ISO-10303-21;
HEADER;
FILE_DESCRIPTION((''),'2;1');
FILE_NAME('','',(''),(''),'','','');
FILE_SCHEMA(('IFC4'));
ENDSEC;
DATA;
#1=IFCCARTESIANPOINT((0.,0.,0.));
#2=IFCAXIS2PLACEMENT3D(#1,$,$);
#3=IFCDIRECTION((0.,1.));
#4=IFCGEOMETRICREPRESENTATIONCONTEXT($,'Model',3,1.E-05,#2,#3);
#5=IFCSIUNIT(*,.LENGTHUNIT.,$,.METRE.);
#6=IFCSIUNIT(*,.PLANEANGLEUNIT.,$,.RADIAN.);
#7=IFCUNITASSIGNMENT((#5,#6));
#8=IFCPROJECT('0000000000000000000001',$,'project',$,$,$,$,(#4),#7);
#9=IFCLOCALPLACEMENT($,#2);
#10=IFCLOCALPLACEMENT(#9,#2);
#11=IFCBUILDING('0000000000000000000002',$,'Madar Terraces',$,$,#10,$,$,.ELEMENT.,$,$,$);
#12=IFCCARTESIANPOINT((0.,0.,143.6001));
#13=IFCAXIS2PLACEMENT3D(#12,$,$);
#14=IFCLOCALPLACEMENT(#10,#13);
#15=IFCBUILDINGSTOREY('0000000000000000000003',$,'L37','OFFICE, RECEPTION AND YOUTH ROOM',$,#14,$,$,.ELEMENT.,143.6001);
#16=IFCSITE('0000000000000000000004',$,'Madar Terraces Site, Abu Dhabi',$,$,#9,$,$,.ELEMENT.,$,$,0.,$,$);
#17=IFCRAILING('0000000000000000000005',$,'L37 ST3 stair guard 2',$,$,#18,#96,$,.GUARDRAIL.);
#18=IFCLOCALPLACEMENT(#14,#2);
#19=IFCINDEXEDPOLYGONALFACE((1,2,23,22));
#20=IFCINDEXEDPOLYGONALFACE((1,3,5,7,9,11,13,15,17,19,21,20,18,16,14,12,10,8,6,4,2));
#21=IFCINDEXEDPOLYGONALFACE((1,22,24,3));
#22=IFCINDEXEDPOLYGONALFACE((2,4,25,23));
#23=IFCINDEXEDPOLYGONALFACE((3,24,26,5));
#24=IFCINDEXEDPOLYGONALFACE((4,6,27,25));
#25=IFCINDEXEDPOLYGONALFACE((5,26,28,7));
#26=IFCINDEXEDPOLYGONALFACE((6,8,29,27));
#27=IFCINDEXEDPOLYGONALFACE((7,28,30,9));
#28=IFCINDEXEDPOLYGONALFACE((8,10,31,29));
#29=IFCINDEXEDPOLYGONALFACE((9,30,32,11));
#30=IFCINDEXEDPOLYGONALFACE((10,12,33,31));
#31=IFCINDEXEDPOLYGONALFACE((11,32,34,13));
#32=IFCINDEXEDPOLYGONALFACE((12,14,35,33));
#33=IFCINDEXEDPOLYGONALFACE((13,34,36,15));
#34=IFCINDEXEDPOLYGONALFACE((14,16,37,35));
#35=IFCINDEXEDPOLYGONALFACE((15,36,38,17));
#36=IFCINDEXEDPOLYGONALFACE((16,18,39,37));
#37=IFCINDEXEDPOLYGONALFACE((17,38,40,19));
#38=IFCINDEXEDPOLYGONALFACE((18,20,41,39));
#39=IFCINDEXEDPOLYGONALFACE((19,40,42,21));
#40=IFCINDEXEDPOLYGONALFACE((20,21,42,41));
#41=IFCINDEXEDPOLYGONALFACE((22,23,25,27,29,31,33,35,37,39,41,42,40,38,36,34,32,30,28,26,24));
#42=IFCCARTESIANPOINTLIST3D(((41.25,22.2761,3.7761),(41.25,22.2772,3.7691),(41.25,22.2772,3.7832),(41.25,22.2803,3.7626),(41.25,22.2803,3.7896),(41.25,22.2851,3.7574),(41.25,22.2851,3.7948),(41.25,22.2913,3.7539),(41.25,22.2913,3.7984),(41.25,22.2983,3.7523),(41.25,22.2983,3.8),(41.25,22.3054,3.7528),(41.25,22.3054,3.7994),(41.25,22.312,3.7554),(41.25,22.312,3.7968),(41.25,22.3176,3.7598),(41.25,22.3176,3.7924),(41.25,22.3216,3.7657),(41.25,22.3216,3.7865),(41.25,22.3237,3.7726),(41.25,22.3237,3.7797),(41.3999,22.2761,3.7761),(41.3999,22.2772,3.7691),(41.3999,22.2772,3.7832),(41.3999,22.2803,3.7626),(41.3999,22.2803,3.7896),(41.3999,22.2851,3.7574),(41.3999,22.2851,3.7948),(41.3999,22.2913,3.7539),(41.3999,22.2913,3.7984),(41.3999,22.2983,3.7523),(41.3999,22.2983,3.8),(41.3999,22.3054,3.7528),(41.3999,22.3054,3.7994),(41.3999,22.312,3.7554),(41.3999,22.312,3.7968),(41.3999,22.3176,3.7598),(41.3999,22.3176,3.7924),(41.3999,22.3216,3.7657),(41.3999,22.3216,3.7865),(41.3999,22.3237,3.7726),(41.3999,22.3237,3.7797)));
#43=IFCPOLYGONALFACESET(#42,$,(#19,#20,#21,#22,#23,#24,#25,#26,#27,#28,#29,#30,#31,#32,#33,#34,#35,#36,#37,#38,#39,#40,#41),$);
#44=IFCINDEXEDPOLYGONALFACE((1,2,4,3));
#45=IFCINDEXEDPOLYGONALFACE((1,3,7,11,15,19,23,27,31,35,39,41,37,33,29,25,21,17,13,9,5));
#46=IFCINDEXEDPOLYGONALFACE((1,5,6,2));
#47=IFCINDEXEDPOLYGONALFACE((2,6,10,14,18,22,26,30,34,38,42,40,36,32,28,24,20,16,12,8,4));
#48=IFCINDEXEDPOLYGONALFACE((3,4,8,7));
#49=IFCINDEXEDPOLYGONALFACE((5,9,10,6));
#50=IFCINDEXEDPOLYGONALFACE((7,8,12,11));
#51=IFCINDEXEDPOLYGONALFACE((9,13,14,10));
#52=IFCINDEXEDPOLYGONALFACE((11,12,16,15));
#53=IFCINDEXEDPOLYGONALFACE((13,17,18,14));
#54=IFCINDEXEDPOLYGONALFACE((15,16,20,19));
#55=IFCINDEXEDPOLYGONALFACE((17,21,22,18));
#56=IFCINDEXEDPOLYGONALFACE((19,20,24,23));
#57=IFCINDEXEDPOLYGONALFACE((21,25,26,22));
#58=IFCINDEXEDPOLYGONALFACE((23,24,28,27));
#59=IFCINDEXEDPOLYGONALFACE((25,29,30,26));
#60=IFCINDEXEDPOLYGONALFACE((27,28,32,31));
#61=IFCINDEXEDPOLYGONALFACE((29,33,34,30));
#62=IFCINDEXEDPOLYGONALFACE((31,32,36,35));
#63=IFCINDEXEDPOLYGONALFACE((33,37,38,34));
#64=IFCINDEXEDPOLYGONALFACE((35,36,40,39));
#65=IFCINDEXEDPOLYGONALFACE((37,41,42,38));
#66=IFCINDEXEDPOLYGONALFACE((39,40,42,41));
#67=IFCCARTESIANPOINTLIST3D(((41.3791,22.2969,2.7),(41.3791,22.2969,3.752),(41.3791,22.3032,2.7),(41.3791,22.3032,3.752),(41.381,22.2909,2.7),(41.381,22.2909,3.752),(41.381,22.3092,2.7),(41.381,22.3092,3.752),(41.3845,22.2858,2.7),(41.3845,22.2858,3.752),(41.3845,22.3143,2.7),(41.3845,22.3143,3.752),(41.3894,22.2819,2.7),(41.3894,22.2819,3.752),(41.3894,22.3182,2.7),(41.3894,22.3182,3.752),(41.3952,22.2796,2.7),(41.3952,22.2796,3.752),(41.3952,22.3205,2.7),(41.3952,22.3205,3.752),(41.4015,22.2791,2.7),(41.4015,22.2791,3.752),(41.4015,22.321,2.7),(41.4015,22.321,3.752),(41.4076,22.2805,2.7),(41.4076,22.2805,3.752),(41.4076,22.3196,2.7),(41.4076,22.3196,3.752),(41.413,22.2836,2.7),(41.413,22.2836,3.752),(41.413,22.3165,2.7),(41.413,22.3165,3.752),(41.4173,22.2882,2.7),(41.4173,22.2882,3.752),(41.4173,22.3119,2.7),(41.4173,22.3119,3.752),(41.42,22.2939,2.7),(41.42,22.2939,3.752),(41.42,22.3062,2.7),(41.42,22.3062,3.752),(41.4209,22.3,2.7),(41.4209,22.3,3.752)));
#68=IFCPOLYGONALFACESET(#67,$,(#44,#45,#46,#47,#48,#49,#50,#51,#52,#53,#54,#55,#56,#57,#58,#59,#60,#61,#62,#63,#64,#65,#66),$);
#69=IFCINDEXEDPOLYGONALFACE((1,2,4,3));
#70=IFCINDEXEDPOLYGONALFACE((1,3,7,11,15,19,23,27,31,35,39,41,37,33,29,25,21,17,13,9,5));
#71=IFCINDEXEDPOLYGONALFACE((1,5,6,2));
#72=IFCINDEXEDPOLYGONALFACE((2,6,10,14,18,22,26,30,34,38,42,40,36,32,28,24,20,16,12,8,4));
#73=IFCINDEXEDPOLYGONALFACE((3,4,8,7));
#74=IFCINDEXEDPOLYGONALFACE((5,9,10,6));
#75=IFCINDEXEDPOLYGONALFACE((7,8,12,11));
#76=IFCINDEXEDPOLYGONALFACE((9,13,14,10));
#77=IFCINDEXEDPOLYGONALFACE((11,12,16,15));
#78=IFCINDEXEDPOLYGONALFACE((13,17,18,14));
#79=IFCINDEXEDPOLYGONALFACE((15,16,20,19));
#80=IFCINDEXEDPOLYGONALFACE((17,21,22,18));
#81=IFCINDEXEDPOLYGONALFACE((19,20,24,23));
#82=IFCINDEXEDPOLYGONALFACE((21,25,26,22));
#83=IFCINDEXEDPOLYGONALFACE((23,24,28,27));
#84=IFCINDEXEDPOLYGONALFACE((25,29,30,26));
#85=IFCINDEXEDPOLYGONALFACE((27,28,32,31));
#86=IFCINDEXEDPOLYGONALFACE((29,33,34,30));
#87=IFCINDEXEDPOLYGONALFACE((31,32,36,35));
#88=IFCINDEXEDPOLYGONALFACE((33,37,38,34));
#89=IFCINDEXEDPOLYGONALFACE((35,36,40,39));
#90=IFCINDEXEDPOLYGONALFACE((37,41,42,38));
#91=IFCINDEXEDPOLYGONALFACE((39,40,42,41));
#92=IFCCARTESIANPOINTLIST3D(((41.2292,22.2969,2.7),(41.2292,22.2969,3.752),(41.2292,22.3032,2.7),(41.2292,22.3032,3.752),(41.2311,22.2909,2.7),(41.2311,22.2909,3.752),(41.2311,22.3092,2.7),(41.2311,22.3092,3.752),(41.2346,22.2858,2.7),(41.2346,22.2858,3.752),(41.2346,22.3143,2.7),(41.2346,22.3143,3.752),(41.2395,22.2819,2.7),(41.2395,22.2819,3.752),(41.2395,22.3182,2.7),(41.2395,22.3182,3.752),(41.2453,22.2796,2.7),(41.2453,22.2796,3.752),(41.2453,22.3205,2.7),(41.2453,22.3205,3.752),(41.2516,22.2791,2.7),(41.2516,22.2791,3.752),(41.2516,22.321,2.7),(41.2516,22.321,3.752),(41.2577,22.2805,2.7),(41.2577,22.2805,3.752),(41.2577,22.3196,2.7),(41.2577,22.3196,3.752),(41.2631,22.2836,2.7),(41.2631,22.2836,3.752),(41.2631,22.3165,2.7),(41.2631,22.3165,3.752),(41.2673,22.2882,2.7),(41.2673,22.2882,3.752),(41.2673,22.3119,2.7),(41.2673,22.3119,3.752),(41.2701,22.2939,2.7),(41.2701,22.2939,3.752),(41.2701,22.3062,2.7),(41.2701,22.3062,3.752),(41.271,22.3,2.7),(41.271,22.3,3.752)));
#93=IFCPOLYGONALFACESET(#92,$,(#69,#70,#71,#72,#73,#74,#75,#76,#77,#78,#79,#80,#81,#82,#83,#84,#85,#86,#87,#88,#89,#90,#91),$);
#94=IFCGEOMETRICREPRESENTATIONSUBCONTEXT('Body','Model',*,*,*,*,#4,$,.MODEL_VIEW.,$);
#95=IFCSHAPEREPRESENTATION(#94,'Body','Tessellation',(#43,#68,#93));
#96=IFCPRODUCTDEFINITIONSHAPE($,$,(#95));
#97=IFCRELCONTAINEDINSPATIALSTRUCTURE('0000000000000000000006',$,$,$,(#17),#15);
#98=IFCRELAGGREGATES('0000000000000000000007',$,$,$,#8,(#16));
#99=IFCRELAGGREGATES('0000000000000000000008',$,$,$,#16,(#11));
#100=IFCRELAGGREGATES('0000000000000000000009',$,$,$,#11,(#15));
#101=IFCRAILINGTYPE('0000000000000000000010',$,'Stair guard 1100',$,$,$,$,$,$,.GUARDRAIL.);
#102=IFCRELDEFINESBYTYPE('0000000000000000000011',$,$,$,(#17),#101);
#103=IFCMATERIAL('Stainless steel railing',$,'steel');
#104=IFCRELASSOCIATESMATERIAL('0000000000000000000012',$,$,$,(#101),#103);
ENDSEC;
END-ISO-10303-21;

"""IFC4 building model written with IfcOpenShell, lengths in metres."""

from ifc_helpers import new_model, si_unit, direction, frame, origin, origin_2d, place, context, subcontext, project, spatial, circle, extrude, material, type_object, element, save


model = new_model("IFC4")

# Units and contexts
model_context = context("Model", 3, precision=1e-05, world=origin(), true_north=direction((0.0, 1.0)))
body_context = subcontext(model_context, "Body", "Model", "MODEL_VIEW")
ifc_project = project(units=[si_unit("LENGTHUNIT", "METRE"), si_unit("PLANEANGLEUNIT", "RADIAN")], contexts=[model_context])

# Site, building, storey
site_placement = place(None, origin())
site = spatial("IfcSite", under=ifc_project, at=site_placement, Name="Madar Terraces Site, Abu Dhabi", CompositionType="ELEMENT", RefElevation=0.0)
building_placement = place(site_placement, origin())
building = spatial("IfcBuilding", under=site, at=building_placement, Name="Madar Terraces", CompositionType="ELEMENT")
storey_placement = place(building_placement, frame((0.0, 0.0, 143.6001)))
storey = spatial("IfcBuildingStorey", under=building, at=storey_placement, Name="L37", Description="OFFICE, RECEPTION AND YOUTH ROOM", CompositionType="ELEMENT", Elevation=143.6001)

# Railing
ifc_material_1 = material(Name="Stainless steel railing", Category="steel")
railing_type_1 = type_object("IfcRailingType", Name="Stair guard 1100", PredefinedType="GUARDRAIL", material=ifc_material_1)
railing_1_placement = place(storey_placement, frame((41.3999, 22.3, 2.7)))
element("IfcRailing", 1, at=railing_1_placement, inside=storey, type_object=railing_type_1, Name="L37 ST3 stair guard 2", PredefinedType="GUARDRAIL", context=body_context, shape_type="SweptSolid", body=[
    extrude(circle(Radius=0.0239, at=origin_2d()), frame((0.0, 0.0, 1.0762), z_axis=(-1.0, 0.0, 0.0), x_axis=(0.0, -1.0, 0.0)), (0.0, 0.0, 1.0), 0.1499),
    extrude(circle(Radius=0.021, at=origin_2d()), origin(), (0.0, 0.0, 1.0), 1.052),
    extrude(circle(Radius=0.021, at=origin_2d()), frame((-0.1499, 0.0, 0.0)), (0.0, 0.0, 1.0), 1.052),
])

save(model, "model.ifc")
